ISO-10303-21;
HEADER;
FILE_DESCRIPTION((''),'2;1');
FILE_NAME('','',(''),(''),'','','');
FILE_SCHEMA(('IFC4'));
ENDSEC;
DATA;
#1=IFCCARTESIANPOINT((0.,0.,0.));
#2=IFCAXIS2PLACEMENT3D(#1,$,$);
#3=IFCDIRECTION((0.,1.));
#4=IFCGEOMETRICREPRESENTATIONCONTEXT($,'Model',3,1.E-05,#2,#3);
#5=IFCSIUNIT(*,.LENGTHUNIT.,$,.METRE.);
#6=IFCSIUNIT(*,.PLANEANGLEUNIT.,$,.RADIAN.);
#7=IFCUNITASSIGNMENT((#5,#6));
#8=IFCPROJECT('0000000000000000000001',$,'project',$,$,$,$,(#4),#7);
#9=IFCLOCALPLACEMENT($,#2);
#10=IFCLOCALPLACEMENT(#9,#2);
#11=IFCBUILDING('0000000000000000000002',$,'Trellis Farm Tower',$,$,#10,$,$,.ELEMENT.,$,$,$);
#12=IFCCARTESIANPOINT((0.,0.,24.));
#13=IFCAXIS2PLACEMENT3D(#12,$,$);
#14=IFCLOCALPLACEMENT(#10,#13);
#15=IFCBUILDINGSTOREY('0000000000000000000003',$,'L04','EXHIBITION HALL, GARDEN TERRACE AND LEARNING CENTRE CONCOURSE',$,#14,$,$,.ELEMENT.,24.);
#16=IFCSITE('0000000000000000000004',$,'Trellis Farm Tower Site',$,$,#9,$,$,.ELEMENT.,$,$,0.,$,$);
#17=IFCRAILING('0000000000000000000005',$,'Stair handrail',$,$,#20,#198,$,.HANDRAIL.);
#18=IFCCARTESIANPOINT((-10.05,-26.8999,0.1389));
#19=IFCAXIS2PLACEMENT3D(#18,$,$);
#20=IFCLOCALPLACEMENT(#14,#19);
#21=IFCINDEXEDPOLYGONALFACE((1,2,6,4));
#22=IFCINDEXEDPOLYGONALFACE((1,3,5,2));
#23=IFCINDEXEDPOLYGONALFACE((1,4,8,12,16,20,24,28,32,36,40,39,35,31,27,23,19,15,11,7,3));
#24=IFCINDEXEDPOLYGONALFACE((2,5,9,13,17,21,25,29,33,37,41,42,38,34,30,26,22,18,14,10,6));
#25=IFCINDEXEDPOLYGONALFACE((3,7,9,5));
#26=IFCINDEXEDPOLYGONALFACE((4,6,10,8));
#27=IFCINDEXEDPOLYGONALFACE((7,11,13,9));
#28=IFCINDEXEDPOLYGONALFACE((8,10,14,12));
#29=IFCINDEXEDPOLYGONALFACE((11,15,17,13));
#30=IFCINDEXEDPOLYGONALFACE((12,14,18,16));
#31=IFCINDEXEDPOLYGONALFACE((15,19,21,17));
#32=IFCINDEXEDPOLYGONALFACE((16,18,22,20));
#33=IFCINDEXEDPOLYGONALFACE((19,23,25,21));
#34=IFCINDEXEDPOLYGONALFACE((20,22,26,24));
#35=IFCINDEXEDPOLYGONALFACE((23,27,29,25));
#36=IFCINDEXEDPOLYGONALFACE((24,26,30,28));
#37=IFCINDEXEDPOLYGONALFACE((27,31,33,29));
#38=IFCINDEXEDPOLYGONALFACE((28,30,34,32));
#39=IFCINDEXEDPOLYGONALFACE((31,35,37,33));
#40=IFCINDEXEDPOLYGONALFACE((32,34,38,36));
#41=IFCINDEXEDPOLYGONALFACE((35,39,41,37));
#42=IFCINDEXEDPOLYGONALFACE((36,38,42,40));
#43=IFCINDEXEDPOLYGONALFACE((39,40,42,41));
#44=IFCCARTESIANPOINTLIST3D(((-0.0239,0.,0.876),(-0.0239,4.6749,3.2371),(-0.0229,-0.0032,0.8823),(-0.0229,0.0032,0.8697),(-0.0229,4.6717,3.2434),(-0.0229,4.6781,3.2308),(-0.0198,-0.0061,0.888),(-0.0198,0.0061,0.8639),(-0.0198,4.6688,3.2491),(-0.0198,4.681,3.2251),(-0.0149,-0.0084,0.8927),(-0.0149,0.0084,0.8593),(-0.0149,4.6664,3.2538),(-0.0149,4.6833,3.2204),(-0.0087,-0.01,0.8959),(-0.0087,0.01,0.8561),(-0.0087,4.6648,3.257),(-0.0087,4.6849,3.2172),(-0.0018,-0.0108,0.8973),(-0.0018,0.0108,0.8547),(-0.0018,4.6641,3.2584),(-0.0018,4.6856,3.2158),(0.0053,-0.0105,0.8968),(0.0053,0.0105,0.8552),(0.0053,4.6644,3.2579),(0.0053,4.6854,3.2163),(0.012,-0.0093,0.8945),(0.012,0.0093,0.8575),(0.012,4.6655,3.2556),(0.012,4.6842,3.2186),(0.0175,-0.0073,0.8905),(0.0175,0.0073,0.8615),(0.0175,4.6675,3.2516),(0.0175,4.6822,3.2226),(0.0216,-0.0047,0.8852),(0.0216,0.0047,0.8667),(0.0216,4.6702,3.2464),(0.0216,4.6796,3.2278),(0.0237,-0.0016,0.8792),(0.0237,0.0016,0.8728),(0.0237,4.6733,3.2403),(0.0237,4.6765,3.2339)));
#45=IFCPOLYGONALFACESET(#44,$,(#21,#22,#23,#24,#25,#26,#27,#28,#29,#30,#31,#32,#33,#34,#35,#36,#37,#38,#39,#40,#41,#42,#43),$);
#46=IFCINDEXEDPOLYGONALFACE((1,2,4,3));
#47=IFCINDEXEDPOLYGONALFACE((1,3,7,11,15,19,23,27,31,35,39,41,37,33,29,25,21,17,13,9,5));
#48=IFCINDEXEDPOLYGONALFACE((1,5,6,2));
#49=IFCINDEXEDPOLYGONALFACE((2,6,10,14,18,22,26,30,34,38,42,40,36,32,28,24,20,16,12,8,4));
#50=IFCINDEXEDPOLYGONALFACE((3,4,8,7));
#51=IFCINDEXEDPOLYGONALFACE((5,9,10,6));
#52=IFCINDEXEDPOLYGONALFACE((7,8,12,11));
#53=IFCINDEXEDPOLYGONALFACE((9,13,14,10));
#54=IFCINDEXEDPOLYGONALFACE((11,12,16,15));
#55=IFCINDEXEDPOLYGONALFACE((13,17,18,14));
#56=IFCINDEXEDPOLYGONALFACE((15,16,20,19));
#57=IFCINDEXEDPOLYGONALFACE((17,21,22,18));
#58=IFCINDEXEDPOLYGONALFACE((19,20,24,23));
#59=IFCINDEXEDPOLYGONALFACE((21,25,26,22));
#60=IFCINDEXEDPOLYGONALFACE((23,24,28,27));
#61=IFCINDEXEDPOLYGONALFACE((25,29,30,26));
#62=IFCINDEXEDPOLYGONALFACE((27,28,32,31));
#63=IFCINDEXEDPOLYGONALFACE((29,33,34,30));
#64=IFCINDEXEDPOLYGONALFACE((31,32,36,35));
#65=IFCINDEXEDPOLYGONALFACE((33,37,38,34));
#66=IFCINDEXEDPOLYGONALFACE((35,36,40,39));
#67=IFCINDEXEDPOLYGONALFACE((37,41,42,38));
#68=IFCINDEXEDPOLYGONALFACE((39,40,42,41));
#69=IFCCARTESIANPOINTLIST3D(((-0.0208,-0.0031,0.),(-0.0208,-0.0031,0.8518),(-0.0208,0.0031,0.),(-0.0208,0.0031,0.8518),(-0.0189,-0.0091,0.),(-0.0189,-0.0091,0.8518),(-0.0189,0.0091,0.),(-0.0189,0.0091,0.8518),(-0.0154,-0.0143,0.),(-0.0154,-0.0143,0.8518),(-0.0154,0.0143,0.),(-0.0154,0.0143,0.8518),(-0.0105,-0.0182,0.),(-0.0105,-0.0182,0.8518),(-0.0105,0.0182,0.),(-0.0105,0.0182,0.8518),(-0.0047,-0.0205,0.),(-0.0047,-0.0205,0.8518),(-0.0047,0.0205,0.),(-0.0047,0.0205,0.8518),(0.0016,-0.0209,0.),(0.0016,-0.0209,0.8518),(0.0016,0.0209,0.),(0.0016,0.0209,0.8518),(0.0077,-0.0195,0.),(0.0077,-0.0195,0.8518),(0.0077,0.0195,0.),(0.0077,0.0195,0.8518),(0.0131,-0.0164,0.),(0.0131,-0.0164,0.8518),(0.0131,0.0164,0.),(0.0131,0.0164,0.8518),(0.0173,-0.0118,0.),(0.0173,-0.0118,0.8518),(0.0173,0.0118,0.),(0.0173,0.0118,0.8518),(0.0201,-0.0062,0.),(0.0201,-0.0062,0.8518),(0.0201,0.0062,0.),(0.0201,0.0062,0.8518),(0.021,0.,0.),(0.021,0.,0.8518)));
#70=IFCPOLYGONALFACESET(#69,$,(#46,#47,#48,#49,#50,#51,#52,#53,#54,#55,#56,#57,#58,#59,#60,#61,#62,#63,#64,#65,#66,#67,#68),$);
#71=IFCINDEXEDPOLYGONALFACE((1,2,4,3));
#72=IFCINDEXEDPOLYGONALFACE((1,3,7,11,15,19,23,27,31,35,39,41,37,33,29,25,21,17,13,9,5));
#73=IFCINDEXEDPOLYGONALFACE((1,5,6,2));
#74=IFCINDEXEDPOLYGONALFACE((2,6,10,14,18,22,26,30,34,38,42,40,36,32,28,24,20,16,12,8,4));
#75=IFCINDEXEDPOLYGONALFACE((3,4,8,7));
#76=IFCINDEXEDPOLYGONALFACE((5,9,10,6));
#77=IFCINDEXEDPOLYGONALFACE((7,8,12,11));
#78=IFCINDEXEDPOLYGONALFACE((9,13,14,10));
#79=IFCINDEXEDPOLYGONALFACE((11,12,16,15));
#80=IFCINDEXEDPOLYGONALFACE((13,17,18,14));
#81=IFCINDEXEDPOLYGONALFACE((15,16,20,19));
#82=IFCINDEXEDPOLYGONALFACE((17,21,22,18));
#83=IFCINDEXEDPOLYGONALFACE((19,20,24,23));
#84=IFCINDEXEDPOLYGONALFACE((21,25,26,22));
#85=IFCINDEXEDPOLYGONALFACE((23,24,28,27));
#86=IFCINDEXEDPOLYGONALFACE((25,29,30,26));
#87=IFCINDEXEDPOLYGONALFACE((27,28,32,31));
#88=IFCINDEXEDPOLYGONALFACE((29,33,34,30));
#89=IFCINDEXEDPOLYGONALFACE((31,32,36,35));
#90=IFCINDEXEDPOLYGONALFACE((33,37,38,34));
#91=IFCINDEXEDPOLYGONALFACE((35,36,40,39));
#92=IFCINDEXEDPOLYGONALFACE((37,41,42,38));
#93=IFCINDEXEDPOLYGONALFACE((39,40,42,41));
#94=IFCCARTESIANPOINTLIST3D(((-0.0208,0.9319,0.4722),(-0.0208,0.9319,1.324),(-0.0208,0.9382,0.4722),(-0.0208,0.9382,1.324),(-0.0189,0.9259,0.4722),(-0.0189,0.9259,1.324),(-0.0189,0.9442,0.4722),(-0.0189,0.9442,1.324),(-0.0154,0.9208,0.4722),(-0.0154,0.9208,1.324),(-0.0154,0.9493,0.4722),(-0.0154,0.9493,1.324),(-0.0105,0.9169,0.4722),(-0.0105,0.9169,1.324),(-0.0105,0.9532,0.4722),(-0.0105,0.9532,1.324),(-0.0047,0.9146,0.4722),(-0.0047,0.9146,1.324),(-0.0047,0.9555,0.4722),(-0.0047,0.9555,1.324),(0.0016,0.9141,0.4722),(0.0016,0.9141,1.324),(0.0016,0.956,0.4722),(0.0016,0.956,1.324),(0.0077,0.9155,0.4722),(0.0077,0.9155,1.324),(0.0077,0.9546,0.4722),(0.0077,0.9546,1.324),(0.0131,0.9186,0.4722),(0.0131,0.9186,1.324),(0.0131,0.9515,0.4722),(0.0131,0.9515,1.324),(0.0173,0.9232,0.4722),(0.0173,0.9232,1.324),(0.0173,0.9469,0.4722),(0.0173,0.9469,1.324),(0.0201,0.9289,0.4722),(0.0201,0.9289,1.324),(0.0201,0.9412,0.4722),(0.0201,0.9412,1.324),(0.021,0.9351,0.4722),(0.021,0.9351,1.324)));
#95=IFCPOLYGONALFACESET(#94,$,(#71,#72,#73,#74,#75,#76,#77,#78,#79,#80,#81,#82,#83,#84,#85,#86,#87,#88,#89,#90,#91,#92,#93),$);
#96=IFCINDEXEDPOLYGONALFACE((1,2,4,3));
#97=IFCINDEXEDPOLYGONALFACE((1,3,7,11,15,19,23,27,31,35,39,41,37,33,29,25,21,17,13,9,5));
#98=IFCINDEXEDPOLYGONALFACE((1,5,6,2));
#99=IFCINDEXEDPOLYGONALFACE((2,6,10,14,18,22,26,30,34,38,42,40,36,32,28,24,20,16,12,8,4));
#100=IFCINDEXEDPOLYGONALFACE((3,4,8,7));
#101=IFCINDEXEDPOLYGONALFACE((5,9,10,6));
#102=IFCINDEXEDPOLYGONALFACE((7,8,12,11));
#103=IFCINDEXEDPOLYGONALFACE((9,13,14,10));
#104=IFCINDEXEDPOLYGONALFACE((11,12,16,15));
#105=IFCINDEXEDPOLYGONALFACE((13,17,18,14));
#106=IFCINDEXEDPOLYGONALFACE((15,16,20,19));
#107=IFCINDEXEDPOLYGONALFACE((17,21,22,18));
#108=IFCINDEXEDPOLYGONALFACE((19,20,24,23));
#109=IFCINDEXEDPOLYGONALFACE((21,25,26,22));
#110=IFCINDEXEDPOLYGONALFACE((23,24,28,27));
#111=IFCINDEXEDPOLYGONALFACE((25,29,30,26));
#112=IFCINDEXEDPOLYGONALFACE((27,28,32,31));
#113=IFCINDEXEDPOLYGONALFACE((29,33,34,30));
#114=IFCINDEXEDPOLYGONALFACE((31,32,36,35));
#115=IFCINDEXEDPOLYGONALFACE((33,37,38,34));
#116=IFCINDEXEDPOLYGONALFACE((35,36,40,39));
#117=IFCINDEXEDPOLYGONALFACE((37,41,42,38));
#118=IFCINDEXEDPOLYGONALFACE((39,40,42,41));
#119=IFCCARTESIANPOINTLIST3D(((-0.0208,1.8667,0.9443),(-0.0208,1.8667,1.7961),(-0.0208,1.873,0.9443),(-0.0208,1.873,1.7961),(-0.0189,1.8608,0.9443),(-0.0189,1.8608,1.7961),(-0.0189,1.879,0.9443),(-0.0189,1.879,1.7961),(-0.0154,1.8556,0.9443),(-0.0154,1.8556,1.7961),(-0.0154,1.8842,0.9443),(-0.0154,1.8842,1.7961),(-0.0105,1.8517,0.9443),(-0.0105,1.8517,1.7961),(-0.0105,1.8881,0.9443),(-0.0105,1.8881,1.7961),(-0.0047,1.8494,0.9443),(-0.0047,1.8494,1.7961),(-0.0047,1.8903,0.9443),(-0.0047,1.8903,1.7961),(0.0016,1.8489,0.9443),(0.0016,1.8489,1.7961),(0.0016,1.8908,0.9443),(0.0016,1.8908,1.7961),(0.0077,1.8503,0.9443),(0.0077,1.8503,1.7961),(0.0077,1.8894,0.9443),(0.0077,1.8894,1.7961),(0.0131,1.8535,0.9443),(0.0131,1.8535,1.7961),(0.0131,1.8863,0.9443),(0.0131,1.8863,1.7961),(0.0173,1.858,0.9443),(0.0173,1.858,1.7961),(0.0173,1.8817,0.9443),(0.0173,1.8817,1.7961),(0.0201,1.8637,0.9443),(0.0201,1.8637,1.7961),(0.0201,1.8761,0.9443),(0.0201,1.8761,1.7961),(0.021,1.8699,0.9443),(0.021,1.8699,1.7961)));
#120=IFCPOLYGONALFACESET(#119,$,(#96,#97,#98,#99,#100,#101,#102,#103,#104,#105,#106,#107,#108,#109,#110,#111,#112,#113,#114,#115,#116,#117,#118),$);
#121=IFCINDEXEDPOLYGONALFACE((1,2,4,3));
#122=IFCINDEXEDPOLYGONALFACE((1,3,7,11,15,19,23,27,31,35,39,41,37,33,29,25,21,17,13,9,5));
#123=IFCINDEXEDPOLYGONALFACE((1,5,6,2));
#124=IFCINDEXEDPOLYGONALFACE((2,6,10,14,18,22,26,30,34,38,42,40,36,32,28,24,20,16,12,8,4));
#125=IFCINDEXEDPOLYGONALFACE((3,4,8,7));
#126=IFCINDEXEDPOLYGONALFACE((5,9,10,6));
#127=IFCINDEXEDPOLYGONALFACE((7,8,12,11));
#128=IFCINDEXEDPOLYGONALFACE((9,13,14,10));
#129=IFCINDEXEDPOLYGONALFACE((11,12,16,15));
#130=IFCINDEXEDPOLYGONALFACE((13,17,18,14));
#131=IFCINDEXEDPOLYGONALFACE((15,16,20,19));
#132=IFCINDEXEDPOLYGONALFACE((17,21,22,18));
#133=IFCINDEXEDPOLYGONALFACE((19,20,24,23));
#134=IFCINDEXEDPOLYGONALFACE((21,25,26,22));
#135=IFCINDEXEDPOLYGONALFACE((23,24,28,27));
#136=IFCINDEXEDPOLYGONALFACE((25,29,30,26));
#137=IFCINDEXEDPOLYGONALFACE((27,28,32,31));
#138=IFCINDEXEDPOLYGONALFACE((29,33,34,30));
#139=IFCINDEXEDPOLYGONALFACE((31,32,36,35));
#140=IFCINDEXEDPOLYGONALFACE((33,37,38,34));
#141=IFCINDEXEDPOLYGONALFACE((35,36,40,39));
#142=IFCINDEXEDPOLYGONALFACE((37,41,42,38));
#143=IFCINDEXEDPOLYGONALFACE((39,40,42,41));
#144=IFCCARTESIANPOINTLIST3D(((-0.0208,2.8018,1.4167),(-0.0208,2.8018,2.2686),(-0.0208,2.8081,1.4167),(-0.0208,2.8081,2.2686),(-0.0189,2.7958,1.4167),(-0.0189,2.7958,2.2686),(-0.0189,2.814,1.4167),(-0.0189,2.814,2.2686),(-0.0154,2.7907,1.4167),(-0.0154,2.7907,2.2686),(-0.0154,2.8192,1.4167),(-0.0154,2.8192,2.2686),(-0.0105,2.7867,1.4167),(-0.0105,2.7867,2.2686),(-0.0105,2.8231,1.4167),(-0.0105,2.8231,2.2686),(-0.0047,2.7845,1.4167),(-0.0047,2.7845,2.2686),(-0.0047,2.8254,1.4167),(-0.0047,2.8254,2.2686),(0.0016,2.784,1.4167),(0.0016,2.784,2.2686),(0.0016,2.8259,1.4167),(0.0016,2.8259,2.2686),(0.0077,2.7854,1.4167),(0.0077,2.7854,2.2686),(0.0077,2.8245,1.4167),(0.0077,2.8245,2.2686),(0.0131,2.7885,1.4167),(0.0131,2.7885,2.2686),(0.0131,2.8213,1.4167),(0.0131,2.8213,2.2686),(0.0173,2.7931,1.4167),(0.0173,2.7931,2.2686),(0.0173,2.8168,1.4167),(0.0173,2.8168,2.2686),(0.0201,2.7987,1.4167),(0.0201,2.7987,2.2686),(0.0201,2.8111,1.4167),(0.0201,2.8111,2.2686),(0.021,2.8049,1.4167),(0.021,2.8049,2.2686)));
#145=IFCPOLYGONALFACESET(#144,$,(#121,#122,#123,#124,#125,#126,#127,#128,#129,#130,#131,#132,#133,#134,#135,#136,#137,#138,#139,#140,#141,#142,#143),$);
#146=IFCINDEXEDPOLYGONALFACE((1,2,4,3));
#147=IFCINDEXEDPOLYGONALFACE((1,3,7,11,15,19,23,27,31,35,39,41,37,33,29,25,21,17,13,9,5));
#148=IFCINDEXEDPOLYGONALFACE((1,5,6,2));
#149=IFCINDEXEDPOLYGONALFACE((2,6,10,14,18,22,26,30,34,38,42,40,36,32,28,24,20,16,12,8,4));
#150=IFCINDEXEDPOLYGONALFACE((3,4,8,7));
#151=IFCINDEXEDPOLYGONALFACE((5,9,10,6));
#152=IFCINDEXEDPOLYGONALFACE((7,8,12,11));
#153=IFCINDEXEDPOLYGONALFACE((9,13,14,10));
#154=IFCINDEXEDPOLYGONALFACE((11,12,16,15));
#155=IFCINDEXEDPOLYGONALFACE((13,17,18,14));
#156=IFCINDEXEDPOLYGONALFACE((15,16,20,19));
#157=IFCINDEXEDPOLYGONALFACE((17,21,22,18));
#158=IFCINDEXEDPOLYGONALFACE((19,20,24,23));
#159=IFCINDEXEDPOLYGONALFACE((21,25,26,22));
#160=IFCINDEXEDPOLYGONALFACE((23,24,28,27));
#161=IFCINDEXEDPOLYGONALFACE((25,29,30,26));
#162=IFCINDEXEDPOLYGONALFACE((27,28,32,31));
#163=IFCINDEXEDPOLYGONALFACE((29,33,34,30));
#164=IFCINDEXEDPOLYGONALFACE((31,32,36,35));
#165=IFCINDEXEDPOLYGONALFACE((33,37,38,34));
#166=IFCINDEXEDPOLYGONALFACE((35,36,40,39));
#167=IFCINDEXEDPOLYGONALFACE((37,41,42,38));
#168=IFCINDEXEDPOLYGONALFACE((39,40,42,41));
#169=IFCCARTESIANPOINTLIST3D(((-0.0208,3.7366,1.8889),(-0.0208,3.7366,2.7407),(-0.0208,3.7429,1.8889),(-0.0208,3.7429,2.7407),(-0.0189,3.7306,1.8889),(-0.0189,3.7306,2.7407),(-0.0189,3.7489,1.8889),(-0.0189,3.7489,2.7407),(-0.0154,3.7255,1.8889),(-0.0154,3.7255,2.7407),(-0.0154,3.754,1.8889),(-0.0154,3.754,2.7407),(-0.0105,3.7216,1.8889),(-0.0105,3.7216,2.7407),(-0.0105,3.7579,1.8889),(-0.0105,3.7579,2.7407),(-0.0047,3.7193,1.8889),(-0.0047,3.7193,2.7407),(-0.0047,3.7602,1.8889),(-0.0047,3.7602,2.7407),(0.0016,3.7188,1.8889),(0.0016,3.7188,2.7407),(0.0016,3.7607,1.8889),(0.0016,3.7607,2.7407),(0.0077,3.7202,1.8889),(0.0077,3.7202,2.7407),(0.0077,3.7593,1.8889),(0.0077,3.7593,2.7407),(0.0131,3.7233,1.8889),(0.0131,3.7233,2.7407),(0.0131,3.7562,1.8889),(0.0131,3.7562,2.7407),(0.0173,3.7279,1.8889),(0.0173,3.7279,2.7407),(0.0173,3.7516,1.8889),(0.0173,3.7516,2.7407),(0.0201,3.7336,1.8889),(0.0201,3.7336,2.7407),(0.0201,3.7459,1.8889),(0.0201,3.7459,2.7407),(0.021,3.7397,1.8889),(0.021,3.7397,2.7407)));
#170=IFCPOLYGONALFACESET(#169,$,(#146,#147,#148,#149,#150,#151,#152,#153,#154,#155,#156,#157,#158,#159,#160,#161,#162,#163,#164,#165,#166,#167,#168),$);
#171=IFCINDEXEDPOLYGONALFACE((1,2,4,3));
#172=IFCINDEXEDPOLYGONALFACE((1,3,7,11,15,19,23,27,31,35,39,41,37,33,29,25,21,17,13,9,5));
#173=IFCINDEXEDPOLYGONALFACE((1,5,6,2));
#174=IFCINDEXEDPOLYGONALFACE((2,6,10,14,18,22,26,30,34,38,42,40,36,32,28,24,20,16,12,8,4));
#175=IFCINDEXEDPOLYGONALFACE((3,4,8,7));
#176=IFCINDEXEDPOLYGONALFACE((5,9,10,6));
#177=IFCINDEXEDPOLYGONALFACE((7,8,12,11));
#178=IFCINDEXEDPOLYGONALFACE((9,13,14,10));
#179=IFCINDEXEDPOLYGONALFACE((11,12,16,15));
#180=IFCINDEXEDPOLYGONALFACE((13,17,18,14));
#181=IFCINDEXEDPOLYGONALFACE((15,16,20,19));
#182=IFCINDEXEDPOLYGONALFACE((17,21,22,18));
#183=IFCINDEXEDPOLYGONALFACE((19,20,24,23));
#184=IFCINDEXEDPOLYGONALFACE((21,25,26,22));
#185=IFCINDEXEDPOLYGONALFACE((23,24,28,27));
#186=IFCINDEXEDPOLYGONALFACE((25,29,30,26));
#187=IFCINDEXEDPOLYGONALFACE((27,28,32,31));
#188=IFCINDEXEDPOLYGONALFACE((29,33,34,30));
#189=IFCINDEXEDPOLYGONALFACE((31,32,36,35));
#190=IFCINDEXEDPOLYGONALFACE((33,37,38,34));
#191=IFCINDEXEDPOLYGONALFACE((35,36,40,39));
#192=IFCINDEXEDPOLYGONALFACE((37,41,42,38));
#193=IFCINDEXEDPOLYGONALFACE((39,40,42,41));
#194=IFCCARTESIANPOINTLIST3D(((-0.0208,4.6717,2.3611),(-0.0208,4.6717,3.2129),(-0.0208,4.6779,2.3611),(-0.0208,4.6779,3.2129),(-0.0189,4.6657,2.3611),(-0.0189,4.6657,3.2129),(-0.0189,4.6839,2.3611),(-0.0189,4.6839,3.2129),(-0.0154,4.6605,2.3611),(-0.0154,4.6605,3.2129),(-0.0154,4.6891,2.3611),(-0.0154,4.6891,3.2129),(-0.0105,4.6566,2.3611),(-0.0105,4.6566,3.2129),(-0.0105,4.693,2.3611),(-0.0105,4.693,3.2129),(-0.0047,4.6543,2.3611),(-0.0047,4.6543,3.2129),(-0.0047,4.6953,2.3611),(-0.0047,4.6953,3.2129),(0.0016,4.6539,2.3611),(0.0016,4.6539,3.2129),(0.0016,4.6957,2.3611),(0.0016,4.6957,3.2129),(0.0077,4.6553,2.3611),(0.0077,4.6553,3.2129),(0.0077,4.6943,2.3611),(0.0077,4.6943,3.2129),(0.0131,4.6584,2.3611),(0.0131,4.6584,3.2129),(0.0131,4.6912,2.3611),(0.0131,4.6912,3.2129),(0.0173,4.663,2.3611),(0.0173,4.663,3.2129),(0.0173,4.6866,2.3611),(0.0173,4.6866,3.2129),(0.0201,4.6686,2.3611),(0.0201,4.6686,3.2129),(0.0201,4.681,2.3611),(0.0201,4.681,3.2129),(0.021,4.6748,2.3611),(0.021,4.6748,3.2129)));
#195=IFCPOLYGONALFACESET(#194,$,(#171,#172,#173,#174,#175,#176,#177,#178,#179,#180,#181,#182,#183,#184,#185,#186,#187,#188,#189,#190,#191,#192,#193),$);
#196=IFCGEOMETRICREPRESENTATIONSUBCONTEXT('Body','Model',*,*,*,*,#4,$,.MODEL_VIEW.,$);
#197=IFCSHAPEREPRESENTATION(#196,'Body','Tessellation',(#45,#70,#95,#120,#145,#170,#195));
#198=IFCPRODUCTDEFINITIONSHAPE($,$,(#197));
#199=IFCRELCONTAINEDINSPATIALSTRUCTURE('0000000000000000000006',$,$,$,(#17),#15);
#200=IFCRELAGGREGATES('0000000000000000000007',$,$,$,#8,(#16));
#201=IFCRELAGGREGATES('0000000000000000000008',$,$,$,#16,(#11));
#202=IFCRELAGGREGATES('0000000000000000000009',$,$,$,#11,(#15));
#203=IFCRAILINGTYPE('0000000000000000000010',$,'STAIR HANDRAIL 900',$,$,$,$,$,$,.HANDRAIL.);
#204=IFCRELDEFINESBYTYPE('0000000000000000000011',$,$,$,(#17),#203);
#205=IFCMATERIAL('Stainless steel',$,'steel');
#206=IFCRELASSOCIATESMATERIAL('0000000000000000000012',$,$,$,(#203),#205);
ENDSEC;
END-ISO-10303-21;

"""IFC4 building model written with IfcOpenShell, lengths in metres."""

from ifc_helpers import new_model, si_unit, direction, frame, origin, origin_2d, place, context, subcontext, project, spatial, circle, extrude, source, transform, mapped, material, type_object, element, save


model = new_model("IFC4")

# Units and contexts
model_context = context("Model", 3, precision=1e-05, world=origin(), true_north=direction((0.0, 1.0)))
body_context = subcontext(model_context, "Body", "Model", "MODEL_VIEW")
ifc_project = project(units=[si_unit("LENGTHUNIT", "METRE"), si_unit("PLANEANGLEUNIT", "RADIAN")], contexts=[model_context])

# Site, building, storey
site_placement = place(None, origin())
site = spatial("IfcSite", under=ifc_project, at=site_placement, Name="Trellis Farm Tower Site", CompositionType="ELEMENT", RefElevation=0.0)
building_placement = place(site_placement, origin())
building = spatial("IfcBuilding", under=site, at=building_placement, Name="Trellis Farm Tower", CompositionType="ELEMENT")
storey_placement = place(building_placement, frame((0.0, 0.0, 24.0)))
storey = spatial("IfcBuildingStorey", under=building, at=storey_placement, Name="L04", Description="EXHIBITION HALL, GARDEN TERRACE AND LEARNING CENTRE CONCOURSE", CompositionType="ELEMENT", Elevation=24.0)

# Railing
ifc_material_1 = material(Name="Stainless steel", Category="steel")
railing_type = type_object("IfcRailingType", Name="STAIR HANDRAIL 900", PredefinedType="HANDRAIL", material=ifc_material_1)
shared_shape_1 = source(origin(), body_context, "Body", "SweptSolid", [
    extrude(circle(Radius=0.0239, at=origin_2d()), frame((0.0, 0.0, 0.876), z_axis=(0.0, 0.892611, 0.450827), x_axis=(-1.0, 0.0, 0.0)), (0.0, 0.0, 1.0), 5.2373),
    extrude(circle(Radius=0.021, at=origin_2d()), origin(), (0.0, 0.0, 1.0), 0.8518),
    extrude(circle(Radius=0.021, at=origin_2d()), frame((0.0, 0.9351, 0.4722)), (0.0, 0.0, 1.0), 0.8518),
    extrude(circle(Radius=0.021, at=origin_2d()), frame((0.0, 1.8699, 0.9443)), (0.0, 0.0, 1.0), 0.8518),
    extrude(circle(Radius=0.021, at=origin_2d()), frame((0.0, 2.8049, 1.4167)), (0.0, 0.0, 1.0), 0.8518),
    extrude(circle(Radius=0.021, at=origin_2d()), frame((0.0, 3.7397, 1.8889)), (0.0, 0.0, 1.0), 0.8518),
    extrude(circle(Radius=0.021, at=origin_2d()), frame((0.0, 4.6748, 2.3611)), (0.0, 0.0, 1.0), 0.8518),
])
for number, where, name in (
    (1, (-10.05, -26.8999, 0.1389), "Stair handrail"),
):
    element("IfcRailing", number, at=place(storey_placement, frame(where)), inside=storey, type_object=railing_type, Name=name, PredefinedType="HANDRAIL", context=body_context, shape_type="MappedRepresentation", body=[
        mapped(shared_shape_1, transform((0.0, 0.0, 0.0))),
    ])

save(model, "model.ifc")
